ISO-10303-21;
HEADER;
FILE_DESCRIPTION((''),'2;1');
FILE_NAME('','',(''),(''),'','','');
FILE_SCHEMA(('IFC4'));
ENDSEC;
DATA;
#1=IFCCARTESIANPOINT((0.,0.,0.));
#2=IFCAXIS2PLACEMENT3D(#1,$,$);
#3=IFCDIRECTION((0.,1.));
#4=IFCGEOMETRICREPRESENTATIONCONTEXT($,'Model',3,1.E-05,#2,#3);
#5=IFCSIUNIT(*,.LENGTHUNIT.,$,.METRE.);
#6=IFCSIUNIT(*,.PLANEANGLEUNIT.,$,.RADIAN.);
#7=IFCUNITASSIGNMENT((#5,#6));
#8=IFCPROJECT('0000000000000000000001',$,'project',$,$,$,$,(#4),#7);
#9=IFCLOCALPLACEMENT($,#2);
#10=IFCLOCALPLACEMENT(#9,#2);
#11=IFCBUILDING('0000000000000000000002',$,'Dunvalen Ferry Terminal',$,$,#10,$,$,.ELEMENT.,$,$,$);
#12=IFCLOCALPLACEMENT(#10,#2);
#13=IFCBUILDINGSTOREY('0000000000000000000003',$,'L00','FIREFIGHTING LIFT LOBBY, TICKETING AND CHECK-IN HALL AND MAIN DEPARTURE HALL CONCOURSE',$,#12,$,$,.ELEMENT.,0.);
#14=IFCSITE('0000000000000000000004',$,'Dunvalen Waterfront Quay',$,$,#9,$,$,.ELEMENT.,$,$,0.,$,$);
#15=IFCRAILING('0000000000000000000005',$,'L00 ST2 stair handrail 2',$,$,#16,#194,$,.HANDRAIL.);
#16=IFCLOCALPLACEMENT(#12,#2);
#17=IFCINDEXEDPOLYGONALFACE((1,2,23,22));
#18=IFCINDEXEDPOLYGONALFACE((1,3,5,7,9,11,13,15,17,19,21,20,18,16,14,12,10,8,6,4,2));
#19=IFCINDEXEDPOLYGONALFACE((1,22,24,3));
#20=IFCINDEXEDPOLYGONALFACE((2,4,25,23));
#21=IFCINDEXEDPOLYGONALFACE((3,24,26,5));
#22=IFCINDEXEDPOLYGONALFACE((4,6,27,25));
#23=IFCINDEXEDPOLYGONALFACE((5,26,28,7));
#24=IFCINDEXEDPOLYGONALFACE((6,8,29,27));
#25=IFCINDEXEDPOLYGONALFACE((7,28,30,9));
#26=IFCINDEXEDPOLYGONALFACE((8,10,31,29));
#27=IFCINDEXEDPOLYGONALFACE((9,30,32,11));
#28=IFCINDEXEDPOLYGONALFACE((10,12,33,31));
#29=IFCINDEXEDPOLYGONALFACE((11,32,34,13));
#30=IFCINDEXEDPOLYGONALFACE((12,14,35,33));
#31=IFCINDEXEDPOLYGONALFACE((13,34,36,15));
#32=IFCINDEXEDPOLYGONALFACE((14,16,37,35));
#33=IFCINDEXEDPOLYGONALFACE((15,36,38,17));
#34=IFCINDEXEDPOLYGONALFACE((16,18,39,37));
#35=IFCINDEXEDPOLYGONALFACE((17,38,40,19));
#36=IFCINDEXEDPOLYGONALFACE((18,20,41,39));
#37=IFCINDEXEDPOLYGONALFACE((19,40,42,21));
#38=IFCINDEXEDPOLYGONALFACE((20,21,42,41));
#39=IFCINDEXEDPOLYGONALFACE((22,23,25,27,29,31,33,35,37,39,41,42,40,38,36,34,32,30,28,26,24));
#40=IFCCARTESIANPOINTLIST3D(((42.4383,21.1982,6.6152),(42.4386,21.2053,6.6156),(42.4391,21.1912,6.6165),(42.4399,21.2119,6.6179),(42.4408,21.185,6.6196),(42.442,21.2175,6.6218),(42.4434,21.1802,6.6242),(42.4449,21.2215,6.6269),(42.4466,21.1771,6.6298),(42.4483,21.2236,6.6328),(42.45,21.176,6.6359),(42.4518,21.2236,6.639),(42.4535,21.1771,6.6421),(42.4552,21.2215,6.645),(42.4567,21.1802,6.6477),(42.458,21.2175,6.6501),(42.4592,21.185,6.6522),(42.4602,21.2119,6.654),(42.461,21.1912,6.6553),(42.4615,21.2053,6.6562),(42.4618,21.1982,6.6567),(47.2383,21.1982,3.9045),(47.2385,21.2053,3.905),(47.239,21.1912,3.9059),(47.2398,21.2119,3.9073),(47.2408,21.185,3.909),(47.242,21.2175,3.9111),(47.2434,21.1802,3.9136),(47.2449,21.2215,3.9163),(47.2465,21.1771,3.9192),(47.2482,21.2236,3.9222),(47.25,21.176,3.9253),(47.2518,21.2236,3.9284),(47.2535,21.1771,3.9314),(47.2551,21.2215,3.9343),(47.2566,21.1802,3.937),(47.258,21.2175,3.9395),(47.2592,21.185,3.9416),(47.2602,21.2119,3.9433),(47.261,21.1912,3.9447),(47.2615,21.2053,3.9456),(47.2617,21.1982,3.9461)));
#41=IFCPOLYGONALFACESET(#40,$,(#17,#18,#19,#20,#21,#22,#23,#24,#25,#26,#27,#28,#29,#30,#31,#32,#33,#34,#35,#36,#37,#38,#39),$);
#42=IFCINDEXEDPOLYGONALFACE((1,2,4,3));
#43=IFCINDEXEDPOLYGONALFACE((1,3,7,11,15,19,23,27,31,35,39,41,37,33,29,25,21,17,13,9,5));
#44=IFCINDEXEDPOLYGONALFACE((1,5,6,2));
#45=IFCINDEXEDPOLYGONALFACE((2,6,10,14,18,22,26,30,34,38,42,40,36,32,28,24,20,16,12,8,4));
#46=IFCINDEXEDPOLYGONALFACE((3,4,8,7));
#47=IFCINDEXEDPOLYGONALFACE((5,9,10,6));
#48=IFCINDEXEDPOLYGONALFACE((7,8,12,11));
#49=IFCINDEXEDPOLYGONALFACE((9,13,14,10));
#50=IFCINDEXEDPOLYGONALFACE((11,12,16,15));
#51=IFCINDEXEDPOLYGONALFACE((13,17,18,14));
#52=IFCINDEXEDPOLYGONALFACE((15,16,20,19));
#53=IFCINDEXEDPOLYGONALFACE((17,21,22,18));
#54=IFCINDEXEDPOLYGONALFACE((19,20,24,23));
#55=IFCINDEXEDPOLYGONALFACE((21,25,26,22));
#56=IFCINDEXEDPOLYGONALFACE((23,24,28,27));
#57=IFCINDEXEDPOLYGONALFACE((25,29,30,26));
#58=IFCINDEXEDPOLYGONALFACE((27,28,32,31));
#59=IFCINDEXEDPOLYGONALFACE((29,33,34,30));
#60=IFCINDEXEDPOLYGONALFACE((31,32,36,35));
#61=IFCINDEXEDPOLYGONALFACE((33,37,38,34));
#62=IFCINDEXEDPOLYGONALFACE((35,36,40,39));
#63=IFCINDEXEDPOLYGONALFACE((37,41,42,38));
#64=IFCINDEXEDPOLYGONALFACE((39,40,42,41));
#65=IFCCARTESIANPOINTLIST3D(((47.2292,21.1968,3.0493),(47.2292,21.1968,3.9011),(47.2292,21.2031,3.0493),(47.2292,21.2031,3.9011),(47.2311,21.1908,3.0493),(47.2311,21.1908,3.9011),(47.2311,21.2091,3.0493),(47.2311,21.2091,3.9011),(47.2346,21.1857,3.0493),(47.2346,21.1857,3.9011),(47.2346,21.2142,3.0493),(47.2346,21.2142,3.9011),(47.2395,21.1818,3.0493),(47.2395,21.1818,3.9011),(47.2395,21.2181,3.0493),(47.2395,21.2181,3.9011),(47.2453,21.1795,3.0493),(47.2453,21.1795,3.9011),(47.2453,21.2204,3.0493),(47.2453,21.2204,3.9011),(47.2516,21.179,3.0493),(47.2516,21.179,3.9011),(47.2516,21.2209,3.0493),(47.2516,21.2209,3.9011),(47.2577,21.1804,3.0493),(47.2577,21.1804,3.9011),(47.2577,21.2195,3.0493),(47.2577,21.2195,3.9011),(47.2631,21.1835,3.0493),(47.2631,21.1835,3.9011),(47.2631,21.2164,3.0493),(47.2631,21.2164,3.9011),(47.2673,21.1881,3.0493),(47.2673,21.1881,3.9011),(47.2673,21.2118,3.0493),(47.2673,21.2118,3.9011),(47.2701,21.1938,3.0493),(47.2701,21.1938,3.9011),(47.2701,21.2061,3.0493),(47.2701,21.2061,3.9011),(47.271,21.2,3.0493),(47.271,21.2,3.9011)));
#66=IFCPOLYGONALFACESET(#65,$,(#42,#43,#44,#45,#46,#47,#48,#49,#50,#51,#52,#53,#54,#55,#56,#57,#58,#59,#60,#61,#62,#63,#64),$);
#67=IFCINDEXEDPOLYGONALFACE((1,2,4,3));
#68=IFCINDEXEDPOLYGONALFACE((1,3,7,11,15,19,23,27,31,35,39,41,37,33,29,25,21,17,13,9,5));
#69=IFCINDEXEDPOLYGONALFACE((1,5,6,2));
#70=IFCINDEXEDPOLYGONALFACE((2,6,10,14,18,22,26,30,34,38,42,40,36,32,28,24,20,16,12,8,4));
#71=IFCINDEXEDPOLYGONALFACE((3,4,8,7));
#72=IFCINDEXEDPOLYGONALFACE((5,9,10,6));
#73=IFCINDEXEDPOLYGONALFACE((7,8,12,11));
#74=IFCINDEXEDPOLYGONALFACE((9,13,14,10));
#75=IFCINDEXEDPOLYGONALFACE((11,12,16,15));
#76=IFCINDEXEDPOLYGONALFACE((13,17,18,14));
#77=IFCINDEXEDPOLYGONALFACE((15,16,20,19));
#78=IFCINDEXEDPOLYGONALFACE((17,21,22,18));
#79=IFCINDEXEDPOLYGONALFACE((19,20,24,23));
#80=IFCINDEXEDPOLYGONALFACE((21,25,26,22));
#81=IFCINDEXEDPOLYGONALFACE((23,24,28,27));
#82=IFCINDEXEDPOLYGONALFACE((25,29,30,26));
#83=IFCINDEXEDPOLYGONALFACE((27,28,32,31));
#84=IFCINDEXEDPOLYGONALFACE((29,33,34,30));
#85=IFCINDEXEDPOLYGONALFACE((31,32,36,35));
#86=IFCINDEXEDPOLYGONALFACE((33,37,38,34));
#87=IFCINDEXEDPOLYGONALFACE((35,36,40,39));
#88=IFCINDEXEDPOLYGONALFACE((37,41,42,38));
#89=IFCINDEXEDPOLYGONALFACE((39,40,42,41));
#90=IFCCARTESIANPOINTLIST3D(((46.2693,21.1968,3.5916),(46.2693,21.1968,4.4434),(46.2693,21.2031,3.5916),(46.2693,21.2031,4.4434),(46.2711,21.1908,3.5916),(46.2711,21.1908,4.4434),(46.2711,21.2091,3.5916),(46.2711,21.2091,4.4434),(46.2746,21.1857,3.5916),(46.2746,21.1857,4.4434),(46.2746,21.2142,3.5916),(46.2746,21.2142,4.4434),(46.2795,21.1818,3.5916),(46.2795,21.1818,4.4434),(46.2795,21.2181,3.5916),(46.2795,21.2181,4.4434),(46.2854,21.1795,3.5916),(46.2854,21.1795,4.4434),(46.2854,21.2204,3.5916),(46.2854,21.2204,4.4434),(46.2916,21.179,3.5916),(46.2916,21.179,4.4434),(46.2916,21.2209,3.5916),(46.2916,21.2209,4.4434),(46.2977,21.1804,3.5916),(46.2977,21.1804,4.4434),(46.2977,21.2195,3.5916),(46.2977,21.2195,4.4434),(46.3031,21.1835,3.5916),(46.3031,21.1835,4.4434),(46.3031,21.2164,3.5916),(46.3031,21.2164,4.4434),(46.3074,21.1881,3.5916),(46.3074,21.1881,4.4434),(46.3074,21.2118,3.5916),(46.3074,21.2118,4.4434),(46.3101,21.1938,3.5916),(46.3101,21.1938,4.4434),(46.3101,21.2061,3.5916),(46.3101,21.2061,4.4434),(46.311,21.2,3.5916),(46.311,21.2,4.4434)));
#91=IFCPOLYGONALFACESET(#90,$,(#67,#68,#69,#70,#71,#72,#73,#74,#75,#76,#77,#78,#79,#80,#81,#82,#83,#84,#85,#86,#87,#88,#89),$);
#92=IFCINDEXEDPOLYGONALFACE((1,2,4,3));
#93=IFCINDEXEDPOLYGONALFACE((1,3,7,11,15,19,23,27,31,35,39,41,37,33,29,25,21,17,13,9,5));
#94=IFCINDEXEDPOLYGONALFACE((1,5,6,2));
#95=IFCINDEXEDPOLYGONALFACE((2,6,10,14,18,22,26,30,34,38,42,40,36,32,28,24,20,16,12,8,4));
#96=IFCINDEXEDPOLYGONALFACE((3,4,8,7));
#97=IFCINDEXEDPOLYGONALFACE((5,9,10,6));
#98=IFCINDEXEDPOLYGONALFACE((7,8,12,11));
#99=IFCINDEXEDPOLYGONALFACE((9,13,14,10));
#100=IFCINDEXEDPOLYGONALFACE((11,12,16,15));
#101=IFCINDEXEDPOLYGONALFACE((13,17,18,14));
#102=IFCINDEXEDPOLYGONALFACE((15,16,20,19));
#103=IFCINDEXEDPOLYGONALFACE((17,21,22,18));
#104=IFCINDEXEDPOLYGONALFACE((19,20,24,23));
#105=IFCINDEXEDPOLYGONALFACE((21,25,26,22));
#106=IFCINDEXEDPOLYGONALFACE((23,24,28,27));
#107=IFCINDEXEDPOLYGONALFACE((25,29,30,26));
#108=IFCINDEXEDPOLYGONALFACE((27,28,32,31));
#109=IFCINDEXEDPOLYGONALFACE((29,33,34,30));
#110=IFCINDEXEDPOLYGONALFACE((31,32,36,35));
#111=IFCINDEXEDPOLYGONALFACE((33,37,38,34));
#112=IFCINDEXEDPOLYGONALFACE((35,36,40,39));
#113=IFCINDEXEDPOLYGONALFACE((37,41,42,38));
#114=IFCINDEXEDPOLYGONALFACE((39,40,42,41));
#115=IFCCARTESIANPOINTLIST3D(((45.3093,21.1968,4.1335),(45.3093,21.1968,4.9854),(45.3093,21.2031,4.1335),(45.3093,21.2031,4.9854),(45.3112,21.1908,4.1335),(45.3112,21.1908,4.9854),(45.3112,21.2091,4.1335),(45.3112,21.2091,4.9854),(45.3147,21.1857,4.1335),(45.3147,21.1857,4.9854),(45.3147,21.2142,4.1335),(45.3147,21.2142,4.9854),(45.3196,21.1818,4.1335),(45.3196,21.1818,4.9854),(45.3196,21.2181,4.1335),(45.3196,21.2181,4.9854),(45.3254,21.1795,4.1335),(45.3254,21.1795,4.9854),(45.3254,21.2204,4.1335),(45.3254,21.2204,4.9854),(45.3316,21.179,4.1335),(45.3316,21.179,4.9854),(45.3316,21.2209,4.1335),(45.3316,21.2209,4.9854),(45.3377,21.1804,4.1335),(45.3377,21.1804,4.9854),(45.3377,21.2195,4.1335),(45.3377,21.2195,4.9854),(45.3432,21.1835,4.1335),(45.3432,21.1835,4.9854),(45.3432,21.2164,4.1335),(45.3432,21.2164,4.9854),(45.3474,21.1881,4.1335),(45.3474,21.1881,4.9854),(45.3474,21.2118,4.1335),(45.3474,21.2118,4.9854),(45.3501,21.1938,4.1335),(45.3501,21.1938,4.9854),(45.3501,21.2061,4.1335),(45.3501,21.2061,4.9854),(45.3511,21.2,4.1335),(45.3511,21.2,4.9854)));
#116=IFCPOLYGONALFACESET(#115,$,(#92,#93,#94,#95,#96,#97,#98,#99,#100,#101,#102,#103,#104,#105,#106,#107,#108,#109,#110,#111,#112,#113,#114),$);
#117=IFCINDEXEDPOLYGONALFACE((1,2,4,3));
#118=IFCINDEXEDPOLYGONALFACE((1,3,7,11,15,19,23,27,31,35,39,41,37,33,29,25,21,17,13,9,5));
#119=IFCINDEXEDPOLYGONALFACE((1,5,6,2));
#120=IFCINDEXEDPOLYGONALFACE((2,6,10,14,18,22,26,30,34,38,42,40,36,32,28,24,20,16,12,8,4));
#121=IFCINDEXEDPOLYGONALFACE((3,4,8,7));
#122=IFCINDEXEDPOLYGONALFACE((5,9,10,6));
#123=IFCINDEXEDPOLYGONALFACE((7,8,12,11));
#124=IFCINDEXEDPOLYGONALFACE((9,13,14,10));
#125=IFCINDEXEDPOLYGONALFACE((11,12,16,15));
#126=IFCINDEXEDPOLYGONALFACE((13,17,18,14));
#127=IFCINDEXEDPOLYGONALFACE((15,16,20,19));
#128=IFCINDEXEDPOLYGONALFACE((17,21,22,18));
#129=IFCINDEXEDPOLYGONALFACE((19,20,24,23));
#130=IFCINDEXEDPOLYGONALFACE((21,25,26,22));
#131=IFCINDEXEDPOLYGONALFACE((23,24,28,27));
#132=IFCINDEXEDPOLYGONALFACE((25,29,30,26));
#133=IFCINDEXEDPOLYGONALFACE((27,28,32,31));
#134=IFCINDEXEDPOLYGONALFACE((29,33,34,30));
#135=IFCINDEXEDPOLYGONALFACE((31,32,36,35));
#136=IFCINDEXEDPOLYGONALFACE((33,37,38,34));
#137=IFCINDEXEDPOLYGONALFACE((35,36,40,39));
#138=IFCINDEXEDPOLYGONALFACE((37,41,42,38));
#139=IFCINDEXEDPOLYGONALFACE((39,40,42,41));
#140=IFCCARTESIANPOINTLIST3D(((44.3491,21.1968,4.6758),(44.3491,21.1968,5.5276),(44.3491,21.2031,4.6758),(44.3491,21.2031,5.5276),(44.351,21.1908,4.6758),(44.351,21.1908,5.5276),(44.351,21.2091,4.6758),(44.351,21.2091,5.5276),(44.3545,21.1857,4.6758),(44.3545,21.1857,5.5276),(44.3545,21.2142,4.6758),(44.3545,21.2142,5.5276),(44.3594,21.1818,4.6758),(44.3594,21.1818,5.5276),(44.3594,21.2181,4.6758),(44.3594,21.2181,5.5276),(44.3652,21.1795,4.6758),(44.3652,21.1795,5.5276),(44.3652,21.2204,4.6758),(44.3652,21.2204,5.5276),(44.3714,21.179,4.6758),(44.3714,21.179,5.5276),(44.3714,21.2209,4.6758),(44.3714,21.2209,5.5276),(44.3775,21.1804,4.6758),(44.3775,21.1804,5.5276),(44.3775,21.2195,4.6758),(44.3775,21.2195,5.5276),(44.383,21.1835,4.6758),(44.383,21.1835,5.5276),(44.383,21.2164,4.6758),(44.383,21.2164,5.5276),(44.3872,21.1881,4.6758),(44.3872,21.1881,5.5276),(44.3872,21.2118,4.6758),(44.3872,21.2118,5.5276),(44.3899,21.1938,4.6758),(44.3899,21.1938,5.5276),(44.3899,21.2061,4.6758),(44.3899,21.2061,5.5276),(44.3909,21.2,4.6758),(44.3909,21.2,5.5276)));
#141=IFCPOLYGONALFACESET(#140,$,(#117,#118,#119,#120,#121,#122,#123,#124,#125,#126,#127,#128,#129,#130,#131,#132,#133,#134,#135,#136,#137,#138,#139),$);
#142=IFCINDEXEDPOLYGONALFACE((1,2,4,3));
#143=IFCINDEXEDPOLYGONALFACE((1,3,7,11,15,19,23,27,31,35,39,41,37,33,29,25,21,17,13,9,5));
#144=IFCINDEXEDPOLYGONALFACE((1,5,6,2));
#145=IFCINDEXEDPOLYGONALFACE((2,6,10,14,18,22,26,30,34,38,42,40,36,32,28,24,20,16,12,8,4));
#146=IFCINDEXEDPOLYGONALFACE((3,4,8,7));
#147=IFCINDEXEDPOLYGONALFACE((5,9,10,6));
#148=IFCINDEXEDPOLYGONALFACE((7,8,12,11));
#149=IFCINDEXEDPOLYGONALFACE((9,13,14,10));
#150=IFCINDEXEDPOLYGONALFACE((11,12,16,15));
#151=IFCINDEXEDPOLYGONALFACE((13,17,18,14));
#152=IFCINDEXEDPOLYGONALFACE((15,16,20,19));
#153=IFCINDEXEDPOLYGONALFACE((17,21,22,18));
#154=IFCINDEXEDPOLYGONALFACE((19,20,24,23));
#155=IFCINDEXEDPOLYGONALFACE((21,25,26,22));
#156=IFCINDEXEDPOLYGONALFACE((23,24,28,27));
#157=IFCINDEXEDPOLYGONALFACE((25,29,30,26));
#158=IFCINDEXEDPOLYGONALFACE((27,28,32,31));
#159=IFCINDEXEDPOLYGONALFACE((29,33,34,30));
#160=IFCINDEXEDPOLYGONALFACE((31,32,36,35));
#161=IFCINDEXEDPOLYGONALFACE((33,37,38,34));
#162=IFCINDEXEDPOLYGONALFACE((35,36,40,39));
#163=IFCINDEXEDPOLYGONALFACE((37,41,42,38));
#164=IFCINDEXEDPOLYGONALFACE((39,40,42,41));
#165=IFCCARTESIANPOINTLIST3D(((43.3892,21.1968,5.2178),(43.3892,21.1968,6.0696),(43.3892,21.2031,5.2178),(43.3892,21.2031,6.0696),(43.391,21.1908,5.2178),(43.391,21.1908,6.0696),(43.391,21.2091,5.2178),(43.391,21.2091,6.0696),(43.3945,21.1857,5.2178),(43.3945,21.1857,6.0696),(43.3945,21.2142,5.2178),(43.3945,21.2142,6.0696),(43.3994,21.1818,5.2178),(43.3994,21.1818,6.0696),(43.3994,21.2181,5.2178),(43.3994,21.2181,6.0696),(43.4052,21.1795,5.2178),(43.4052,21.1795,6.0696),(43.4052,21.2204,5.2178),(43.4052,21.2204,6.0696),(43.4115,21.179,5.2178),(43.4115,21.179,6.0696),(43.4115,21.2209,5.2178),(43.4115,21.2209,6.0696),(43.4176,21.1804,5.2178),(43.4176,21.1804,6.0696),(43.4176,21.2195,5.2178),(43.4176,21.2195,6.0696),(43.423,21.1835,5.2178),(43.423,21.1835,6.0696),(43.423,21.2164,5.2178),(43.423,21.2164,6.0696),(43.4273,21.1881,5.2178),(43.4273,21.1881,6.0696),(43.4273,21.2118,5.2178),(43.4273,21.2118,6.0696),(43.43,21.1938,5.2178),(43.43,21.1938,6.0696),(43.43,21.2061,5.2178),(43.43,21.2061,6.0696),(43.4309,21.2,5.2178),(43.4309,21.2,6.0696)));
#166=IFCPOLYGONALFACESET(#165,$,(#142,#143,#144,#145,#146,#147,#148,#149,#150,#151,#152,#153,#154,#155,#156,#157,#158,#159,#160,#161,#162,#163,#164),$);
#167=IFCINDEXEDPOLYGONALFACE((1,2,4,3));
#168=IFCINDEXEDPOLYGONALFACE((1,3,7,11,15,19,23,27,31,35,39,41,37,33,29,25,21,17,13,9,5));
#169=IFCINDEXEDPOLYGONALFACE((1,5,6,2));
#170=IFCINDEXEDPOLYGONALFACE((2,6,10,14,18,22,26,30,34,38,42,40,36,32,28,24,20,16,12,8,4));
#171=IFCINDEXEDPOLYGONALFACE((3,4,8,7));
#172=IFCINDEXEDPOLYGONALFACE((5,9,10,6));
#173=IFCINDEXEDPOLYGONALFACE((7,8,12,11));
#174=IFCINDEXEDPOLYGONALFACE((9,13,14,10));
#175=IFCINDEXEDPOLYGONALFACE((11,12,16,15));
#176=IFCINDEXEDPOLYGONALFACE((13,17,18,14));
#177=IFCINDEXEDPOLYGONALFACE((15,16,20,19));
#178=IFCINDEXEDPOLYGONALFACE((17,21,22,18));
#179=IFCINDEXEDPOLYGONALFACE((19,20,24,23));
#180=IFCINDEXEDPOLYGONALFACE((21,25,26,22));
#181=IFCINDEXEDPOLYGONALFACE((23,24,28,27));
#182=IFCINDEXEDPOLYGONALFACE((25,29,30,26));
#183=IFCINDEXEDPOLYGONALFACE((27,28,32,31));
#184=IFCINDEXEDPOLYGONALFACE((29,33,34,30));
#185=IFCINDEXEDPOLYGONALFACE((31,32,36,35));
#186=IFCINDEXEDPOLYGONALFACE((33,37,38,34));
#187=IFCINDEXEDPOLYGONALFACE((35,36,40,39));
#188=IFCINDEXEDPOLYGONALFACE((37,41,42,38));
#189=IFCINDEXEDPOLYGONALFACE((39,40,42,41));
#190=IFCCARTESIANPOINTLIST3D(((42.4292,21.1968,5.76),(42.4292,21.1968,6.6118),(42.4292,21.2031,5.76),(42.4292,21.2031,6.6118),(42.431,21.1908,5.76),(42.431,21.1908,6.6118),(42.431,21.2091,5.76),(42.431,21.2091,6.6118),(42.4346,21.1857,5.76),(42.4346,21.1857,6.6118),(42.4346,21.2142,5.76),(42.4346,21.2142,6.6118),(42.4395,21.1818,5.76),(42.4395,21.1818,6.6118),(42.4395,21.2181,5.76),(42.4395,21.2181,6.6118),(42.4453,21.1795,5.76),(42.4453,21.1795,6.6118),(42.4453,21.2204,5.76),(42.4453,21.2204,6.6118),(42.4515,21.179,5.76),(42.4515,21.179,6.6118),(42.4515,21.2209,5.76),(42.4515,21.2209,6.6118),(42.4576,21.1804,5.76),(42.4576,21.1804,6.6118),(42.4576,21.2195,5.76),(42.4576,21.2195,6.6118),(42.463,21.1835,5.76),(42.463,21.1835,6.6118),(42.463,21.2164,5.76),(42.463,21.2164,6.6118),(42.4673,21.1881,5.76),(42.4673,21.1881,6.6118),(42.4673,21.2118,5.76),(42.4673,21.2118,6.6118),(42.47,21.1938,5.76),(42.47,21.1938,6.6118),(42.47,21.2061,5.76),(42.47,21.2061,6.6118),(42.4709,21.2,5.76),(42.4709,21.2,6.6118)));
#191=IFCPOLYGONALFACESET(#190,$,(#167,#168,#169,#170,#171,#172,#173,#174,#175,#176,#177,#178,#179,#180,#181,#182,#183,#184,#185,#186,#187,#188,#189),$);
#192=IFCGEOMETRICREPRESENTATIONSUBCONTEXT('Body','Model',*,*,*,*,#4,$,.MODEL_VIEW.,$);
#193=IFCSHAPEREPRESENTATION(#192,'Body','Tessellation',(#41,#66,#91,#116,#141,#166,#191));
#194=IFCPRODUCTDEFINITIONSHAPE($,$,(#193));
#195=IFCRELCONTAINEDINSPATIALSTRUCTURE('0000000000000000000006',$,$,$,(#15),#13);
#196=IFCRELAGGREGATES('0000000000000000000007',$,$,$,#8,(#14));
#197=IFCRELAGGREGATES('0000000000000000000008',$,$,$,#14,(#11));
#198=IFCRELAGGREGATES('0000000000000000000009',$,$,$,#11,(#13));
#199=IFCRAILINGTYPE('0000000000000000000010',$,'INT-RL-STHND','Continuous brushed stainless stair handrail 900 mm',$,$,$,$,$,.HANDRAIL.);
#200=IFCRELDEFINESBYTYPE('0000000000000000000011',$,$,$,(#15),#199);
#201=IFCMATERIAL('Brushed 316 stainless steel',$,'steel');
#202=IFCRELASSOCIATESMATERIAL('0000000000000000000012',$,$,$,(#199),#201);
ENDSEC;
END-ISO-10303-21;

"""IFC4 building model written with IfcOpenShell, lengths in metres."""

from ifc_helpers import new_model, si_unit, direction, frame, origin, origin_2d, place, context, subcontext, project, spatial, circle, extrude, material, type_object, element, save


model = new_model("IFC4")

# Units and contexts
model_context = context("Model", 3, precision=1e-05, world=origin(), true_north=direction((0.0, 1.0)))
body_context = subcontext(model_context, "Body", "Model", "MODEL_VIEW")
ifc_project = project(units=[si_unit("LENGTHUNIT", "METRE"), si_unit("PLANEANGLEUNIT", "RADIAN")], contexts=[model_context])

# Site, building, storey
site_placement = place(None, origin())
site = spatial("IfcSite", under=ifc_project, at=site_placement, Name="Dunvalen Waterfront Quay", CompositionType="ELEMENT", RefElevation=0.0)
building_placement = place(site_placement, origin())
building = spatial("IfcBuilding", under=site, at=building_placement, Name="Dunvalen Ferry Terminal", CompositionType="ELEMENT")
storey_placement = place(building_placement, origin())
storey = spatial("IfcBuildingStorey", under=building, at=storey_placement, Name="L00", Description="FIREFIGHTING LIFT LOBBY, TICKETING AND CHECK-IN HALL AND MAIN DEPARTURE HALL CONCOURSE", CompositionType="ELEMENT", Elevation=0.0)

# Shared definitions
ifc_material_1 = material(Name="Brushed 316 stainless steel", Category="steel")

# Railing
railing_type_1 = type_object("IfcRailingType", Name="INT-RL-STHND", Description="Continuous brushed stainless stair handrail 900 mm", PredefinedType="HANDRAIL", material=ifc_material_1)
railing_1_placement = place(storey_placement, frame((47.25, 21.2, 3.0493)))
element("IfcRailing", 1, at=railing_1_placement, inside=storey, type_object=railing_type_1, Name="L00 ST2 stair handrail 2", PredefinedType="HANDRAIL", context=body_context, shape_type="SweptSolid", body=[
    extrude(circle(Radius=0.0239, at=origin_2d()), frame((0.0, 0.0, 0.876), z_axis=(-0.870748, 0.0, 0.49173), x_axis=(0.0, -1.0, 0.0)), (0.0, 0.0, 1.0), 5.5125),
    extrude(circle(Radius=0.021, at=origin_2d()), origin(), (0.0, 0.0, 1.0), 0.8518),
    extrude(circle(Radius=0.021, at=origin_2d()), frame((-0.96, 0.0, 0.5422)), (0.0, 0.0, 1.0), 0.8518),
    extrude(circle(Radius=0.021, at=origin_2d()), frame((-1.9199, 0.0, 1.0842)), (0.0, 0.0, 1.0), 0.8518),
    extrude(circle(Radius=0.021, at=origin_2d()), frame((-2.8801, 0.0, 1.6265)), (0.0, 0.0, 1.0), 0.8518),
    extrude(circle(Radius=0.021, at=origin_2d()), frame((-3.8401, 0.0, 2.1685)), (0.0, 0.0, 1.0), 0.8518),
    extrude(circle(Radius=0.021, at=origin_2d()), frame((-4.8, 0.0, 2.7107)), (0.0, 0.0, 1.0), 0.8518),
])

save(model, "model.ifc")
